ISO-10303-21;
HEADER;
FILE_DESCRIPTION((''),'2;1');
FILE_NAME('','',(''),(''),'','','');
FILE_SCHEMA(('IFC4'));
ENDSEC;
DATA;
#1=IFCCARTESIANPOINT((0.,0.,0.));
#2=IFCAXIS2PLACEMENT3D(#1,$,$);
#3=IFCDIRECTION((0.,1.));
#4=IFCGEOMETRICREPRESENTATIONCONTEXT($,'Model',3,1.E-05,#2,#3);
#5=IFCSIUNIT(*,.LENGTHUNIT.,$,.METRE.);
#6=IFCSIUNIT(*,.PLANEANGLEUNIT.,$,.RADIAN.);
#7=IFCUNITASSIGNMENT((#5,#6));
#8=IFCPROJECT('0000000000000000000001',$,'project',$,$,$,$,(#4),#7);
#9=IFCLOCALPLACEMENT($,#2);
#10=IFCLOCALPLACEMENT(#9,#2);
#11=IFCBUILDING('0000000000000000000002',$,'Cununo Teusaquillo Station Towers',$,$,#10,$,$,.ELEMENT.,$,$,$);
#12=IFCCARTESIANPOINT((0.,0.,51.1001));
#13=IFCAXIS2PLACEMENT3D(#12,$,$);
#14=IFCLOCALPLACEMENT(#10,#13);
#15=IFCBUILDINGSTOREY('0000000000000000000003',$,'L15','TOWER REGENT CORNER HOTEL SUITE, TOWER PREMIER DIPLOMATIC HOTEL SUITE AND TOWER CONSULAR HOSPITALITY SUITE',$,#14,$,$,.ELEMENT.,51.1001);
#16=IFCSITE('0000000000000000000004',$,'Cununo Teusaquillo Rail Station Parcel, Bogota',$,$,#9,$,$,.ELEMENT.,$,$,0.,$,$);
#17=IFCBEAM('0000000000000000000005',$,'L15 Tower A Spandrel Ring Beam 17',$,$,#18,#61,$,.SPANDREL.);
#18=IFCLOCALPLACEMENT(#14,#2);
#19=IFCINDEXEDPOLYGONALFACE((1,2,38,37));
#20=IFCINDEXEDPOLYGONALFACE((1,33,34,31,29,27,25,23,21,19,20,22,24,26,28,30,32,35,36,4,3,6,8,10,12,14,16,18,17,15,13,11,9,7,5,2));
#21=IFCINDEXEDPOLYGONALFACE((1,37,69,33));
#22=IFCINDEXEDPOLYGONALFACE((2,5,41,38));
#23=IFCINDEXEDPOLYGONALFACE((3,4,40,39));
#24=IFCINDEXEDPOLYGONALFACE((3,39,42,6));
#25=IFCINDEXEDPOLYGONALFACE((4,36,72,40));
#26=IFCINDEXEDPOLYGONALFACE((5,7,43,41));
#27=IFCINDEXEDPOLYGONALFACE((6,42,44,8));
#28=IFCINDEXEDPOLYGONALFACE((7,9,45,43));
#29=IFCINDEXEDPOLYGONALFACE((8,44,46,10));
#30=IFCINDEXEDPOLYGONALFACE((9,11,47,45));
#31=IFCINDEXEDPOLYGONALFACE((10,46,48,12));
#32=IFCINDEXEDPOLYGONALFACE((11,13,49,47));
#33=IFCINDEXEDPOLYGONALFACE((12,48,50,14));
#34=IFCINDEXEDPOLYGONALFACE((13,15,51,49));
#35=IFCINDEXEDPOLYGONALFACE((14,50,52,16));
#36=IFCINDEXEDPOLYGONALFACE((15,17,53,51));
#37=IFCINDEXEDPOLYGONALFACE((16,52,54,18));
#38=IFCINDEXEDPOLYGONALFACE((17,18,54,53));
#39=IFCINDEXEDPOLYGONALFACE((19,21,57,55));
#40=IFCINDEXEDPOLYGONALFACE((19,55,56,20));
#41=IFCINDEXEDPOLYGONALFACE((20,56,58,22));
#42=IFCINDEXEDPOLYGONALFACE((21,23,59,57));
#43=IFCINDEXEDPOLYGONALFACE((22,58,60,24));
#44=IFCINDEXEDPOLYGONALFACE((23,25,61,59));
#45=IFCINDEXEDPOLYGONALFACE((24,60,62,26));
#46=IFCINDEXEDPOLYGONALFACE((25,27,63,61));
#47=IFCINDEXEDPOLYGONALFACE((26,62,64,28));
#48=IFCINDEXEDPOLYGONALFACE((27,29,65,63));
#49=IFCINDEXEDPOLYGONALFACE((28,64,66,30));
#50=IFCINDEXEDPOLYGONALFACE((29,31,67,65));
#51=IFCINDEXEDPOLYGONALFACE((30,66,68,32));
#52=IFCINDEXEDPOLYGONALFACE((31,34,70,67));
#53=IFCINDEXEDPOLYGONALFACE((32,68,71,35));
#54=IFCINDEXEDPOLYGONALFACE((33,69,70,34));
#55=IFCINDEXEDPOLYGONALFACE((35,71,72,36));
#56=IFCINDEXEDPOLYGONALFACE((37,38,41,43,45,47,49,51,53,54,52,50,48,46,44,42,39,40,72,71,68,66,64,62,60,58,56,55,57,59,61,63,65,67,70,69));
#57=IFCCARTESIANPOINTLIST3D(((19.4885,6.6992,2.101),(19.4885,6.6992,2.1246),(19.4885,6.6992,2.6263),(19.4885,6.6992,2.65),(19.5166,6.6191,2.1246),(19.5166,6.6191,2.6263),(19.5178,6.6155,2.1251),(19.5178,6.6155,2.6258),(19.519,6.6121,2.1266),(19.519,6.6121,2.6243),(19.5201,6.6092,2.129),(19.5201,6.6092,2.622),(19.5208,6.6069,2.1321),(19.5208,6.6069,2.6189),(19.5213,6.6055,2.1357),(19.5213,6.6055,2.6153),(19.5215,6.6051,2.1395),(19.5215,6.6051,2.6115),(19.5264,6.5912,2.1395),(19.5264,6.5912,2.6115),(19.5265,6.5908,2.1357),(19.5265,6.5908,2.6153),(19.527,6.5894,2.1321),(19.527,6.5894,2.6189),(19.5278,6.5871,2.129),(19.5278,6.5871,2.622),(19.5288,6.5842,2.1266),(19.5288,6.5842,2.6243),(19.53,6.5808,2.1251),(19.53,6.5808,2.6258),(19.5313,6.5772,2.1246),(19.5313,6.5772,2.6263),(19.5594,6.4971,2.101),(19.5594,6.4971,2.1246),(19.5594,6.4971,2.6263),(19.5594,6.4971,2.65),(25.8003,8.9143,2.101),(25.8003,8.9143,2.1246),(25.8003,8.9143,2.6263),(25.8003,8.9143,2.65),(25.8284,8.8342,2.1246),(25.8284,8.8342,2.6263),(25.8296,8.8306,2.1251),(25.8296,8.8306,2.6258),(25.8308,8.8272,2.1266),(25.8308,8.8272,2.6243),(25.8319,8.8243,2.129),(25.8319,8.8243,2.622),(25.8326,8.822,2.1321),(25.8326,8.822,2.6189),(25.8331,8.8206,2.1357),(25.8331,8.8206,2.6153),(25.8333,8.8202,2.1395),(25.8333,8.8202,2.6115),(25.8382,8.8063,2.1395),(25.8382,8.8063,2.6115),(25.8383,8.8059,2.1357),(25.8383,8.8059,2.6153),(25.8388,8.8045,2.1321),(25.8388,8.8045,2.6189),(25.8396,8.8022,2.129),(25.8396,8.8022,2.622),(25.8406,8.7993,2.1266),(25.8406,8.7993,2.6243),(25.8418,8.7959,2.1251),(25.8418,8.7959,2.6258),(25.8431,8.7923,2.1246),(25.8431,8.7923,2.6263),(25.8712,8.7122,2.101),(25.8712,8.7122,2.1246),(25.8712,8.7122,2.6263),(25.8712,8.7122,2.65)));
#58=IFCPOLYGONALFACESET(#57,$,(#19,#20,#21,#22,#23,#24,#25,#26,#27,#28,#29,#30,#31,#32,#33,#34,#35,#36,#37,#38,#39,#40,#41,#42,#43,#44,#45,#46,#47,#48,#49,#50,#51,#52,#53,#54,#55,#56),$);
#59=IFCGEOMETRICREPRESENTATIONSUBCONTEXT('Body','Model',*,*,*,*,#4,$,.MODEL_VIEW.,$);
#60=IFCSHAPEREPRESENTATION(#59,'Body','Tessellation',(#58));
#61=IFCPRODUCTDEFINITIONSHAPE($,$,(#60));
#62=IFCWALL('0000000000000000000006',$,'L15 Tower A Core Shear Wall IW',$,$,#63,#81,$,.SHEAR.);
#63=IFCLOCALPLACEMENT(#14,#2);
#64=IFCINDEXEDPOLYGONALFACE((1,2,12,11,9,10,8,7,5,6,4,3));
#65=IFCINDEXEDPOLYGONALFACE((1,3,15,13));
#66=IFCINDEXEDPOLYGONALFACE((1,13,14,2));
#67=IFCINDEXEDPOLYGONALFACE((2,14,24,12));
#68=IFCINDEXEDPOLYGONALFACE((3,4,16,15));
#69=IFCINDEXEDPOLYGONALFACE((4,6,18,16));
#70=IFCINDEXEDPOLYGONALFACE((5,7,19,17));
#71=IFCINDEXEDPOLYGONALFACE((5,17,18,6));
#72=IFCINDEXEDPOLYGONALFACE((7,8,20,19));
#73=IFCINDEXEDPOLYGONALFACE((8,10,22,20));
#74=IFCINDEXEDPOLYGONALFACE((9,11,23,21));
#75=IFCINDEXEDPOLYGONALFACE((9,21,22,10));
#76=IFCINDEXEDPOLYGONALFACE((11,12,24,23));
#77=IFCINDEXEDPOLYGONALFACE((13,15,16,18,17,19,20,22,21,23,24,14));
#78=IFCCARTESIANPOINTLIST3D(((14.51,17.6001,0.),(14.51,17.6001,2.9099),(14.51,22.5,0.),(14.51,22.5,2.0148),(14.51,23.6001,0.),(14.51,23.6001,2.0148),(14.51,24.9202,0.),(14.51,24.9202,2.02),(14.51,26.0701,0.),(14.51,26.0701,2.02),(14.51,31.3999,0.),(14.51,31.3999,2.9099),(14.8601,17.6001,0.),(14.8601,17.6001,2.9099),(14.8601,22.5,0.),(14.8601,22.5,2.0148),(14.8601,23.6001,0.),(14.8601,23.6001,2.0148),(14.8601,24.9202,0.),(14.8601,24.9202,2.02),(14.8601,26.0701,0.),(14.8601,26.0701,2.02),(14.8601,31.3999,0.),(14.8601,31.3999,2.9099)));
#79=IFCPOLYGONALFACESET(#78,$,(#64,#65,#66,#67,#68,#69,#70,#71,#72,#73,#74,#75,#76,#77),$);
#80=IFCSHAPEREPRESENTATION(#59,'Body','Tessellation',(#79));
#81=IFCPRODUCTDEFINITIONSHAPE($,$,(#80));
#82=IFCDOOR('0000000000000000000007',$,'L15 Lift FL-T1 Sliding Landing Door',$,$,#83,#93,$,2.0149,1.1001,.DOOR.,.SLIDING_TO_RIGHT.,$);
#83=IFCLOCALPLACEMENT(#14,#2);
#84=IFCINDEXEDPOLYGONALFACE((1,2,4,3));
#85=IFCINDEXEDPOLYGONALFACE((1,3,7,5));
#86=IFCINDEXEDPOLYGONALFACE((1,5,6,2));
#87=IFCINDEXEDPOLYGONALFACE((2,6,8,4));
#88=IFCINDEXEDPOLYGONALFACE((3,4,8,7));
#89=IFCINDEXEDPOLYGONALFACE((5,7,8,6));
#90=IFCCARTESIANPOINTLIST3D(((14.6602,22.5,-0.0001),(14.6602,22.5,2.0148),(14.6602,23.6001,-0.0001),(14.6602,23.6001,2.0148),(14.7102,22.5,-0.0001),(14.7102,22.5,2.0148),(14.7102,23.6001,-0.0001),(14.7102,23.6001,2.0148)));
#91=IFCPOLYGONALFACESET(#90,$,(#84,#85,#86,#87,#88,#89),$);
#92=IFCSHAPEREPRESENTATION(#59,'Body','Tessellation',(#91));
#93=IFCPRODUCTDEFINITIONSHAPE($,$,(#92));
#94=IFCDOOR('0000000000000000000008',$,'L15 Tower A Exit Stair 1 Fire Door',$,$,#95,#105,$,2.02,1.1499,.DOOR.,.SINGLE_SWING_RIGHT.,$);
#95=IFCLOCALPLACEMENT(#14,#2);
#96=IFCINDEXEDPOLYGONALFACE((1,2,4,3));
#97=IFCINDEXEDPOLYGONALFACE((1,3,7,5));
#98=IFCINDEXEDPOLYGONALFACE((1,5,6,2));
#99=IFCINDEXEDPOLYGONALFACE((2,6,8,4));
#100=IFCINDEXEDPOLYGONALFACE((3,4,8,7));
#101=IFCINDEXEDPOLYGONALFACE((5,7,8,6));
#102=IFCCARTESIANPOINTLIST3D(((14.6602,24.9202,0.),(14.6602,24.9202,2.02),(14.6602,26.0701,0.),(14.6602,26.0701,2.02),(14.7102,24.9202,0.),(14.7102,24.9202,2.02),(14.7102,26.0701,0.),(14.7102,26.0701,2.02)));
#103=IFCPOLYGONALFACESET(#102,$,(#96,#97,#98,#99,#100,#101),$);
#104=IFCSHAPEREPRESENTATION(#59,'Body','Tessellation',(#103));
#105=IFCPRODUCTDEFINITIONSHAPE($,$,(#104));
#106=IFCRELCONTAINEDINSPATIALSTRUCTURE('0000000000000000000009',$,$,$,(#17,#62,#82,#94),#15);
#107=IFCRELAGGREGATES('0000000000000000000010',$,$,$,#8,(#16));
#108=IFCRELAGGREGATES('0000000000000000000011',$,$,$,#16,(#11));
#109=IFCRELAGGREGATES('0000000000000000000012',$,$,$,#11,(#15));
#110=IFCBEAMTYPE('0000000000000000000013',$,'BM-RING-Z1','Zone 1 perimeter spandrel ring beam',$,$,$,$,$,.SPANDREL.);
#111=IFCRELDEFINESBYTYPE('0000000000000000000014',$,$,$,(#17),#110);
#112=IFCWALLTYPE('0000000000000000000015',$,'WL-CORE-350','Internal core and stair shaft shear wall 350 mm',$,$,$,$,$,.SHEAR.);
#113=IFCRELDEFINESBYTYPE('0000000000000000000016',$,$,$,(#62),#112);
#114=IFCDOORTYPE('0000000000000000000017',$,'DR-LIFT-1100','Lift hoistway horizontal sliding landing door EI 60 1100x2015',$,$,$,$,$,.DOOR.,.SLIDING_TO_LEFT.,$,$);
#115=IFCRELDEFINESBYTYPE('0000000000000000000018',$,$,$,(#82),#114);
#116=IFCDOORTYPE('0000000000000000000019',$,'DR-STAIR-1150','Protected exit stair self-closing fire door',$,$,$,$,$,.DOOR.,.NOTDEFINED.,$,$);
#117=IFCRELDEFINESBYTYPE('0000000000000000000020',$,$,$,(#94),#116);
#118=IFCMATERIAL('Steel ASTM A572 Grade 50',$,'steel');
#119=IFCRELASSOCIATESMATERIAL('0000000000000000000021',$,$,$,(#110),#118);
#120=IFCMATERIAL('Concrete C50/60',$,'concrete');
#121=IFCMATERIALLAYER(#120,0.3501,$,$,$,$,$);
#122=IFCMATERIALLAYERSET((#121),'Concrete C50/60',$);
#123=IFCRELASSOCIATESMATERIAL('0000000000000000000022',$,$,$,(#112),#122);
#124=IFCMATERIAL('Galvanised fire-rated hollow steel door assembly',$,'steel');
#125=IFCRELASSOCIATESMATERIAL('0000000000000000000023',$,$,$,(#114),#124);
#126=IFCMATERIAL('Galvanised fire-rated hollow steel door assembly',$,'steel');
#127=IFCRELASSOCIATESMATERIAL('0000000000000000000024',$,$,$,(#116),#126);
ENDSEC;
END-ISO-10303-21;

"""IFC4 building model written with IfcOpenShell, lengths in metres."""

from ifc_helpers import new_model, si_unit, direction, frame, frame_2d, origin, origin_2d, place, context, subcontext, project, spatial, rectangle, i_section, extrude, source, transform, mapped, material, layer, layer_set, material_profile, profile_set, type_object, element, fill, save


model = new_model("IFC4")

# Units and contexts
model_context = context("Model", 3, precision=1e-05, world=origin(), true_north=direction((0.0, 1.0)))
body_context = subcontext(model_context, "Body", "Model", "MODEL_VIEW")
ifc_project = project(units=[si_unit("LENGTHUNIT", "METRE"), si_unit("PLANEANGLEUNIT", "RADIAN")], contexts=[model_context])

# Site, building, storey
site_placement = place(None, origin())
site = spatial("IfcSite", under=ifc_project, at=site_placement, Name="Cununo Teusaquillo Rail Station Parcel, Bogota", CompositionType="ELEMENT", RefElevation=0.0)
building_placement = place(site_placement, origin())
building = spatial("IfcBuilding", under=site, at=building_placement, Name="Cununo Teusaquillo Station Towers", CompositionType="ELEMENT")
storey_placement = place(building_placement, frame((0.0, 0.0, 51.1001)))
storey = spatial("IfcBuildingStorey", under=building, at=storey_placement, Name="L15", Description="TOWER REGENT CORNER HOTEL SUITE, TOWER PREMIER DIPLOMATIC HOTEL SUITE AND TOWER CONSULAR HOSPITALITY SUITE", CompositionType="ELEMENT", Elevation=51.1001)

# Beam
ifc_material_1 = material(Name="Steel ASTM A572 Grade 50", Category="steel")
ifc_material_profile_1 = material_profile(ifc_material_1, i_section(OverallWidth=0.2141, OverallDepth=0.5491, WebThickness=0.0146, FlangeThickness=0.0237, FilletRadius=0.0149, at=origin_2d()), Name="W21X93")
ifc_profile_set_1 = profile_set([ifc_material_profile_1], Name="Steel ASTM A572 Grade 50")
beam_type = type_object("IfcBeamType", Name="BM-RING-Z1", Description="Zone 1 perimeter spandrel ring beam", PredefinedType="SPANDREL", material=ifc_profile_set_1)
beam_1_placement = place(storey_placement, frame((19.5239, 6.5981, 2.3755), z_axis=(0.94358, 0.331145, 0.0), x_axis=(-0.331145, 0.94358, 0.0)))
element("IfcBeam", 1, at=beam_1_placement, inside=storey, type_object=beam_type, Name="L15 Tower A Spandrel Ring Beam 17", PredefinedType="SPANDREL", context=body_context, shape_type="SweptSolid", body=[
    extrude(i_section(OverallWidth=0.2141, OverallDepth=0.5491, WebThickness=0.0146, FlangeThickness=0.0237, FilletRadius=0.0149, at=origin_2d()), origin(), (0.0, 0.0, 1.0), 6.6892),
])

# Wall, openings, doors
ifc_material_2 = material(Name="Concrete C50/60", Category="concrete")
ifc_layer_1 = layer(ifc_material_2, 0.3501)
ifc_layer_set_1 = layer_set([ifc_layer_1], Name="Concrete C50/60")
wall_type_1 = type_object("IfcWallType", Name="WL-CORE-350", Description="Internal core and stair shaft shear wall 350 mm", PredefinedType="SHEAR", material=ifc_layer_set_1)
wall_1_placement = place(storey_placement, frame((14.6851, 17.6001, 0.0), z_axis=(0.0, 0.0, 1.0), x_axis=(0.0, 1.0, 0.0)))
wall_1 = element("IfcWall", 2, at=wall_1_placement, inside=storey, type_object=wall_type_1, Name="L15 Tower A Core Shear Wall IW", PredefinedType="SHEAR", context=body_context, shape_type="SweptSolid", body=[
    extrude(rectangle(XDim=13.7998, YDim=0.3501, at=frame_2d((6.8999, 0.0))), origin(), (0.0, 0.0, 1.0), 2.9099),
])
shared_shape_1 = source(origin(), body_context, "Body", "SweptSolid", [
    extrude(rectangle(XDim=1.1001, YDim=2.0149, at=frame_2d((0.55, 1.0073))), frame((0.0, 0.1851, 0.0), z_axis=(0.0, -1.0, 0.0), x_axis=(1.0, 0.0, 0.0)), (0.0, 0.0, 1.0), 0.3701),
])
opening_1_placement = place(wall_1_placement, frame((4.8999, 0.0, 0.0)))
opening_1 = element("IfcOpeningElement", 3, at=opening_1_placement, cuts=wall_1, PredefinedType="OPENING", context=body_context, shape_type="MappedRepresentation", body=[
    mapped(shared_shape_1, transform((0.0, 0.0, 0.0), x_axis=(1.0, 0.0, 0.0), y_axis=(0.0, 1.0, 0.0), z_axis=(0.0, 0.0, 1.0), scale=1.0)),
])
shared_shape_2 = source(origin(), body_context, "Body", "SweptSolid", [
    extrude(rectangle(XDim=1.1499, YDim=2.02, at=frame_2d((0.575, 1.01))), frame((0.0, 0.1851, 0.0), z_axis=(0.0, -1.0, 0.0), x_axis=(1.0, 0.0, 0.0)), (0.0, 0.0, 1.0), 0.3701),
])
opening_2_placement = place(wall_1_placement, frame((7.3201, 0.0, 0.0)))
opening_2 = element("IfcOpeningElement", 4, at=opening_2_placement, cuts=wall_1, PredefinedType="OPENING", context=body_context, shape_type="MappedRepresentation", body=[
    mapped(shared_shape_2, transform((0.0, 0.0, 0.0), x_axis=(1.0, 0.0, 0.0), y_axis=(0.0, 1.0, 0.0), z_axis=(0.0, 0.0, 1.0), scale=1.0)),
])
ifc_material_3 = material(Name="Galvanised fire-rated hollow steel door assembly", Category="steel")
door_type_1 = type_object("IfcDoorType", Name="DR-LIFT-1100", Description="Lift hoistway horizontal sliding landing door EI 60 1100x2015", OperationType="SLIDING_TO_LEFT", PredefinedType="DOOR", material=ifc_material_3)
shared_shape_3 = source(origin(), body_context, "Body", "SweptSolid", [
    extrude(rectangle(XDim=1.1001, YDim=2.0149, at=frame_2d((0.55, 1.0073))), frame((0.0, 0.0249, 0.0), z_axis=(0.0, -1.0, 0.0), x_axis=(1.0, 0.0, 0.0)), (0.0, 0.0, 1.0), 0.05),
])
door_1_placement = place(opening_1_placement, origin())
door_1 = element("IfcDoor", 5, at=door_1_placement, inside=storey, type_object=door_type_1, Name="L15 Lift FL-T1 Sliding Landing Door", OperationType="SLIDING_TO_RIGHT", OverallHeight=2.0149, OverallWidth=1.1001, PredefinedType="DOOR", context=body_context, shape_type="MappedRepresentation", body=[
    mapped(shared_shape_3, transform((0.0, 0.0, 0.0), x_axis=(1.0, 0.0, 0.0), y_axis=(0.0, 1.0, 0.0), z_axis=(0.0, 0.0, 1.0), scale=1.0)),
])
fill(opening_1, door_1)
ifc_material_4 = material(Name="Galvanised fire-rated hollow steel door assembly", Category="steel")
door_type_2 = type_object("IfcDoorType", Name="DR-STAIR-1150", Description="Protected exit stair self-closing fire door", OperationType="NOTDEFINED", PredefinedType="DOOR", material=ifc_material_4)
shared_shape_4 = source(origin(), body_context, "Body", "SweptSolid", [
    extrude(rectangle(XDim=1.1499, YDim=2.02, at=frame_2d((0.575, 1.01))), frame((0.0, 0.0249, 0.0), z_axis=(0.0, -1.0, 0.0), x_axis=(1.0, 0.0, 0.0)), (0.0, 0.0, 1.0), 0.05),
])
door_2_placement = place(opening_2_placement, origin())
door_2 = element("IfcDoor", 6, at=door_2_placement, inside=storey, type_object=door_type_2, Name="L15 Tower A Exit Stair 1 Fire Door", OperationType="SINGLE_SWING_RIGHT", OverallHeight=2.02, OverallWidth=1.1499, PredefinedType="DOOR", context=body_context, shape_type="MappedRepresentation", body=[
    mapped(shared_shape_4, transform((0.0, 0.0, 0.0), x_axis=(1.0, 0.0, 0.0), y_axis=(0.0, 1.0, 0.0), z_axis=(0.0, 0.0, 1.0), scale=1.0)),
])
fill(opening_2, door_2)

save(model, "model.ifc")
